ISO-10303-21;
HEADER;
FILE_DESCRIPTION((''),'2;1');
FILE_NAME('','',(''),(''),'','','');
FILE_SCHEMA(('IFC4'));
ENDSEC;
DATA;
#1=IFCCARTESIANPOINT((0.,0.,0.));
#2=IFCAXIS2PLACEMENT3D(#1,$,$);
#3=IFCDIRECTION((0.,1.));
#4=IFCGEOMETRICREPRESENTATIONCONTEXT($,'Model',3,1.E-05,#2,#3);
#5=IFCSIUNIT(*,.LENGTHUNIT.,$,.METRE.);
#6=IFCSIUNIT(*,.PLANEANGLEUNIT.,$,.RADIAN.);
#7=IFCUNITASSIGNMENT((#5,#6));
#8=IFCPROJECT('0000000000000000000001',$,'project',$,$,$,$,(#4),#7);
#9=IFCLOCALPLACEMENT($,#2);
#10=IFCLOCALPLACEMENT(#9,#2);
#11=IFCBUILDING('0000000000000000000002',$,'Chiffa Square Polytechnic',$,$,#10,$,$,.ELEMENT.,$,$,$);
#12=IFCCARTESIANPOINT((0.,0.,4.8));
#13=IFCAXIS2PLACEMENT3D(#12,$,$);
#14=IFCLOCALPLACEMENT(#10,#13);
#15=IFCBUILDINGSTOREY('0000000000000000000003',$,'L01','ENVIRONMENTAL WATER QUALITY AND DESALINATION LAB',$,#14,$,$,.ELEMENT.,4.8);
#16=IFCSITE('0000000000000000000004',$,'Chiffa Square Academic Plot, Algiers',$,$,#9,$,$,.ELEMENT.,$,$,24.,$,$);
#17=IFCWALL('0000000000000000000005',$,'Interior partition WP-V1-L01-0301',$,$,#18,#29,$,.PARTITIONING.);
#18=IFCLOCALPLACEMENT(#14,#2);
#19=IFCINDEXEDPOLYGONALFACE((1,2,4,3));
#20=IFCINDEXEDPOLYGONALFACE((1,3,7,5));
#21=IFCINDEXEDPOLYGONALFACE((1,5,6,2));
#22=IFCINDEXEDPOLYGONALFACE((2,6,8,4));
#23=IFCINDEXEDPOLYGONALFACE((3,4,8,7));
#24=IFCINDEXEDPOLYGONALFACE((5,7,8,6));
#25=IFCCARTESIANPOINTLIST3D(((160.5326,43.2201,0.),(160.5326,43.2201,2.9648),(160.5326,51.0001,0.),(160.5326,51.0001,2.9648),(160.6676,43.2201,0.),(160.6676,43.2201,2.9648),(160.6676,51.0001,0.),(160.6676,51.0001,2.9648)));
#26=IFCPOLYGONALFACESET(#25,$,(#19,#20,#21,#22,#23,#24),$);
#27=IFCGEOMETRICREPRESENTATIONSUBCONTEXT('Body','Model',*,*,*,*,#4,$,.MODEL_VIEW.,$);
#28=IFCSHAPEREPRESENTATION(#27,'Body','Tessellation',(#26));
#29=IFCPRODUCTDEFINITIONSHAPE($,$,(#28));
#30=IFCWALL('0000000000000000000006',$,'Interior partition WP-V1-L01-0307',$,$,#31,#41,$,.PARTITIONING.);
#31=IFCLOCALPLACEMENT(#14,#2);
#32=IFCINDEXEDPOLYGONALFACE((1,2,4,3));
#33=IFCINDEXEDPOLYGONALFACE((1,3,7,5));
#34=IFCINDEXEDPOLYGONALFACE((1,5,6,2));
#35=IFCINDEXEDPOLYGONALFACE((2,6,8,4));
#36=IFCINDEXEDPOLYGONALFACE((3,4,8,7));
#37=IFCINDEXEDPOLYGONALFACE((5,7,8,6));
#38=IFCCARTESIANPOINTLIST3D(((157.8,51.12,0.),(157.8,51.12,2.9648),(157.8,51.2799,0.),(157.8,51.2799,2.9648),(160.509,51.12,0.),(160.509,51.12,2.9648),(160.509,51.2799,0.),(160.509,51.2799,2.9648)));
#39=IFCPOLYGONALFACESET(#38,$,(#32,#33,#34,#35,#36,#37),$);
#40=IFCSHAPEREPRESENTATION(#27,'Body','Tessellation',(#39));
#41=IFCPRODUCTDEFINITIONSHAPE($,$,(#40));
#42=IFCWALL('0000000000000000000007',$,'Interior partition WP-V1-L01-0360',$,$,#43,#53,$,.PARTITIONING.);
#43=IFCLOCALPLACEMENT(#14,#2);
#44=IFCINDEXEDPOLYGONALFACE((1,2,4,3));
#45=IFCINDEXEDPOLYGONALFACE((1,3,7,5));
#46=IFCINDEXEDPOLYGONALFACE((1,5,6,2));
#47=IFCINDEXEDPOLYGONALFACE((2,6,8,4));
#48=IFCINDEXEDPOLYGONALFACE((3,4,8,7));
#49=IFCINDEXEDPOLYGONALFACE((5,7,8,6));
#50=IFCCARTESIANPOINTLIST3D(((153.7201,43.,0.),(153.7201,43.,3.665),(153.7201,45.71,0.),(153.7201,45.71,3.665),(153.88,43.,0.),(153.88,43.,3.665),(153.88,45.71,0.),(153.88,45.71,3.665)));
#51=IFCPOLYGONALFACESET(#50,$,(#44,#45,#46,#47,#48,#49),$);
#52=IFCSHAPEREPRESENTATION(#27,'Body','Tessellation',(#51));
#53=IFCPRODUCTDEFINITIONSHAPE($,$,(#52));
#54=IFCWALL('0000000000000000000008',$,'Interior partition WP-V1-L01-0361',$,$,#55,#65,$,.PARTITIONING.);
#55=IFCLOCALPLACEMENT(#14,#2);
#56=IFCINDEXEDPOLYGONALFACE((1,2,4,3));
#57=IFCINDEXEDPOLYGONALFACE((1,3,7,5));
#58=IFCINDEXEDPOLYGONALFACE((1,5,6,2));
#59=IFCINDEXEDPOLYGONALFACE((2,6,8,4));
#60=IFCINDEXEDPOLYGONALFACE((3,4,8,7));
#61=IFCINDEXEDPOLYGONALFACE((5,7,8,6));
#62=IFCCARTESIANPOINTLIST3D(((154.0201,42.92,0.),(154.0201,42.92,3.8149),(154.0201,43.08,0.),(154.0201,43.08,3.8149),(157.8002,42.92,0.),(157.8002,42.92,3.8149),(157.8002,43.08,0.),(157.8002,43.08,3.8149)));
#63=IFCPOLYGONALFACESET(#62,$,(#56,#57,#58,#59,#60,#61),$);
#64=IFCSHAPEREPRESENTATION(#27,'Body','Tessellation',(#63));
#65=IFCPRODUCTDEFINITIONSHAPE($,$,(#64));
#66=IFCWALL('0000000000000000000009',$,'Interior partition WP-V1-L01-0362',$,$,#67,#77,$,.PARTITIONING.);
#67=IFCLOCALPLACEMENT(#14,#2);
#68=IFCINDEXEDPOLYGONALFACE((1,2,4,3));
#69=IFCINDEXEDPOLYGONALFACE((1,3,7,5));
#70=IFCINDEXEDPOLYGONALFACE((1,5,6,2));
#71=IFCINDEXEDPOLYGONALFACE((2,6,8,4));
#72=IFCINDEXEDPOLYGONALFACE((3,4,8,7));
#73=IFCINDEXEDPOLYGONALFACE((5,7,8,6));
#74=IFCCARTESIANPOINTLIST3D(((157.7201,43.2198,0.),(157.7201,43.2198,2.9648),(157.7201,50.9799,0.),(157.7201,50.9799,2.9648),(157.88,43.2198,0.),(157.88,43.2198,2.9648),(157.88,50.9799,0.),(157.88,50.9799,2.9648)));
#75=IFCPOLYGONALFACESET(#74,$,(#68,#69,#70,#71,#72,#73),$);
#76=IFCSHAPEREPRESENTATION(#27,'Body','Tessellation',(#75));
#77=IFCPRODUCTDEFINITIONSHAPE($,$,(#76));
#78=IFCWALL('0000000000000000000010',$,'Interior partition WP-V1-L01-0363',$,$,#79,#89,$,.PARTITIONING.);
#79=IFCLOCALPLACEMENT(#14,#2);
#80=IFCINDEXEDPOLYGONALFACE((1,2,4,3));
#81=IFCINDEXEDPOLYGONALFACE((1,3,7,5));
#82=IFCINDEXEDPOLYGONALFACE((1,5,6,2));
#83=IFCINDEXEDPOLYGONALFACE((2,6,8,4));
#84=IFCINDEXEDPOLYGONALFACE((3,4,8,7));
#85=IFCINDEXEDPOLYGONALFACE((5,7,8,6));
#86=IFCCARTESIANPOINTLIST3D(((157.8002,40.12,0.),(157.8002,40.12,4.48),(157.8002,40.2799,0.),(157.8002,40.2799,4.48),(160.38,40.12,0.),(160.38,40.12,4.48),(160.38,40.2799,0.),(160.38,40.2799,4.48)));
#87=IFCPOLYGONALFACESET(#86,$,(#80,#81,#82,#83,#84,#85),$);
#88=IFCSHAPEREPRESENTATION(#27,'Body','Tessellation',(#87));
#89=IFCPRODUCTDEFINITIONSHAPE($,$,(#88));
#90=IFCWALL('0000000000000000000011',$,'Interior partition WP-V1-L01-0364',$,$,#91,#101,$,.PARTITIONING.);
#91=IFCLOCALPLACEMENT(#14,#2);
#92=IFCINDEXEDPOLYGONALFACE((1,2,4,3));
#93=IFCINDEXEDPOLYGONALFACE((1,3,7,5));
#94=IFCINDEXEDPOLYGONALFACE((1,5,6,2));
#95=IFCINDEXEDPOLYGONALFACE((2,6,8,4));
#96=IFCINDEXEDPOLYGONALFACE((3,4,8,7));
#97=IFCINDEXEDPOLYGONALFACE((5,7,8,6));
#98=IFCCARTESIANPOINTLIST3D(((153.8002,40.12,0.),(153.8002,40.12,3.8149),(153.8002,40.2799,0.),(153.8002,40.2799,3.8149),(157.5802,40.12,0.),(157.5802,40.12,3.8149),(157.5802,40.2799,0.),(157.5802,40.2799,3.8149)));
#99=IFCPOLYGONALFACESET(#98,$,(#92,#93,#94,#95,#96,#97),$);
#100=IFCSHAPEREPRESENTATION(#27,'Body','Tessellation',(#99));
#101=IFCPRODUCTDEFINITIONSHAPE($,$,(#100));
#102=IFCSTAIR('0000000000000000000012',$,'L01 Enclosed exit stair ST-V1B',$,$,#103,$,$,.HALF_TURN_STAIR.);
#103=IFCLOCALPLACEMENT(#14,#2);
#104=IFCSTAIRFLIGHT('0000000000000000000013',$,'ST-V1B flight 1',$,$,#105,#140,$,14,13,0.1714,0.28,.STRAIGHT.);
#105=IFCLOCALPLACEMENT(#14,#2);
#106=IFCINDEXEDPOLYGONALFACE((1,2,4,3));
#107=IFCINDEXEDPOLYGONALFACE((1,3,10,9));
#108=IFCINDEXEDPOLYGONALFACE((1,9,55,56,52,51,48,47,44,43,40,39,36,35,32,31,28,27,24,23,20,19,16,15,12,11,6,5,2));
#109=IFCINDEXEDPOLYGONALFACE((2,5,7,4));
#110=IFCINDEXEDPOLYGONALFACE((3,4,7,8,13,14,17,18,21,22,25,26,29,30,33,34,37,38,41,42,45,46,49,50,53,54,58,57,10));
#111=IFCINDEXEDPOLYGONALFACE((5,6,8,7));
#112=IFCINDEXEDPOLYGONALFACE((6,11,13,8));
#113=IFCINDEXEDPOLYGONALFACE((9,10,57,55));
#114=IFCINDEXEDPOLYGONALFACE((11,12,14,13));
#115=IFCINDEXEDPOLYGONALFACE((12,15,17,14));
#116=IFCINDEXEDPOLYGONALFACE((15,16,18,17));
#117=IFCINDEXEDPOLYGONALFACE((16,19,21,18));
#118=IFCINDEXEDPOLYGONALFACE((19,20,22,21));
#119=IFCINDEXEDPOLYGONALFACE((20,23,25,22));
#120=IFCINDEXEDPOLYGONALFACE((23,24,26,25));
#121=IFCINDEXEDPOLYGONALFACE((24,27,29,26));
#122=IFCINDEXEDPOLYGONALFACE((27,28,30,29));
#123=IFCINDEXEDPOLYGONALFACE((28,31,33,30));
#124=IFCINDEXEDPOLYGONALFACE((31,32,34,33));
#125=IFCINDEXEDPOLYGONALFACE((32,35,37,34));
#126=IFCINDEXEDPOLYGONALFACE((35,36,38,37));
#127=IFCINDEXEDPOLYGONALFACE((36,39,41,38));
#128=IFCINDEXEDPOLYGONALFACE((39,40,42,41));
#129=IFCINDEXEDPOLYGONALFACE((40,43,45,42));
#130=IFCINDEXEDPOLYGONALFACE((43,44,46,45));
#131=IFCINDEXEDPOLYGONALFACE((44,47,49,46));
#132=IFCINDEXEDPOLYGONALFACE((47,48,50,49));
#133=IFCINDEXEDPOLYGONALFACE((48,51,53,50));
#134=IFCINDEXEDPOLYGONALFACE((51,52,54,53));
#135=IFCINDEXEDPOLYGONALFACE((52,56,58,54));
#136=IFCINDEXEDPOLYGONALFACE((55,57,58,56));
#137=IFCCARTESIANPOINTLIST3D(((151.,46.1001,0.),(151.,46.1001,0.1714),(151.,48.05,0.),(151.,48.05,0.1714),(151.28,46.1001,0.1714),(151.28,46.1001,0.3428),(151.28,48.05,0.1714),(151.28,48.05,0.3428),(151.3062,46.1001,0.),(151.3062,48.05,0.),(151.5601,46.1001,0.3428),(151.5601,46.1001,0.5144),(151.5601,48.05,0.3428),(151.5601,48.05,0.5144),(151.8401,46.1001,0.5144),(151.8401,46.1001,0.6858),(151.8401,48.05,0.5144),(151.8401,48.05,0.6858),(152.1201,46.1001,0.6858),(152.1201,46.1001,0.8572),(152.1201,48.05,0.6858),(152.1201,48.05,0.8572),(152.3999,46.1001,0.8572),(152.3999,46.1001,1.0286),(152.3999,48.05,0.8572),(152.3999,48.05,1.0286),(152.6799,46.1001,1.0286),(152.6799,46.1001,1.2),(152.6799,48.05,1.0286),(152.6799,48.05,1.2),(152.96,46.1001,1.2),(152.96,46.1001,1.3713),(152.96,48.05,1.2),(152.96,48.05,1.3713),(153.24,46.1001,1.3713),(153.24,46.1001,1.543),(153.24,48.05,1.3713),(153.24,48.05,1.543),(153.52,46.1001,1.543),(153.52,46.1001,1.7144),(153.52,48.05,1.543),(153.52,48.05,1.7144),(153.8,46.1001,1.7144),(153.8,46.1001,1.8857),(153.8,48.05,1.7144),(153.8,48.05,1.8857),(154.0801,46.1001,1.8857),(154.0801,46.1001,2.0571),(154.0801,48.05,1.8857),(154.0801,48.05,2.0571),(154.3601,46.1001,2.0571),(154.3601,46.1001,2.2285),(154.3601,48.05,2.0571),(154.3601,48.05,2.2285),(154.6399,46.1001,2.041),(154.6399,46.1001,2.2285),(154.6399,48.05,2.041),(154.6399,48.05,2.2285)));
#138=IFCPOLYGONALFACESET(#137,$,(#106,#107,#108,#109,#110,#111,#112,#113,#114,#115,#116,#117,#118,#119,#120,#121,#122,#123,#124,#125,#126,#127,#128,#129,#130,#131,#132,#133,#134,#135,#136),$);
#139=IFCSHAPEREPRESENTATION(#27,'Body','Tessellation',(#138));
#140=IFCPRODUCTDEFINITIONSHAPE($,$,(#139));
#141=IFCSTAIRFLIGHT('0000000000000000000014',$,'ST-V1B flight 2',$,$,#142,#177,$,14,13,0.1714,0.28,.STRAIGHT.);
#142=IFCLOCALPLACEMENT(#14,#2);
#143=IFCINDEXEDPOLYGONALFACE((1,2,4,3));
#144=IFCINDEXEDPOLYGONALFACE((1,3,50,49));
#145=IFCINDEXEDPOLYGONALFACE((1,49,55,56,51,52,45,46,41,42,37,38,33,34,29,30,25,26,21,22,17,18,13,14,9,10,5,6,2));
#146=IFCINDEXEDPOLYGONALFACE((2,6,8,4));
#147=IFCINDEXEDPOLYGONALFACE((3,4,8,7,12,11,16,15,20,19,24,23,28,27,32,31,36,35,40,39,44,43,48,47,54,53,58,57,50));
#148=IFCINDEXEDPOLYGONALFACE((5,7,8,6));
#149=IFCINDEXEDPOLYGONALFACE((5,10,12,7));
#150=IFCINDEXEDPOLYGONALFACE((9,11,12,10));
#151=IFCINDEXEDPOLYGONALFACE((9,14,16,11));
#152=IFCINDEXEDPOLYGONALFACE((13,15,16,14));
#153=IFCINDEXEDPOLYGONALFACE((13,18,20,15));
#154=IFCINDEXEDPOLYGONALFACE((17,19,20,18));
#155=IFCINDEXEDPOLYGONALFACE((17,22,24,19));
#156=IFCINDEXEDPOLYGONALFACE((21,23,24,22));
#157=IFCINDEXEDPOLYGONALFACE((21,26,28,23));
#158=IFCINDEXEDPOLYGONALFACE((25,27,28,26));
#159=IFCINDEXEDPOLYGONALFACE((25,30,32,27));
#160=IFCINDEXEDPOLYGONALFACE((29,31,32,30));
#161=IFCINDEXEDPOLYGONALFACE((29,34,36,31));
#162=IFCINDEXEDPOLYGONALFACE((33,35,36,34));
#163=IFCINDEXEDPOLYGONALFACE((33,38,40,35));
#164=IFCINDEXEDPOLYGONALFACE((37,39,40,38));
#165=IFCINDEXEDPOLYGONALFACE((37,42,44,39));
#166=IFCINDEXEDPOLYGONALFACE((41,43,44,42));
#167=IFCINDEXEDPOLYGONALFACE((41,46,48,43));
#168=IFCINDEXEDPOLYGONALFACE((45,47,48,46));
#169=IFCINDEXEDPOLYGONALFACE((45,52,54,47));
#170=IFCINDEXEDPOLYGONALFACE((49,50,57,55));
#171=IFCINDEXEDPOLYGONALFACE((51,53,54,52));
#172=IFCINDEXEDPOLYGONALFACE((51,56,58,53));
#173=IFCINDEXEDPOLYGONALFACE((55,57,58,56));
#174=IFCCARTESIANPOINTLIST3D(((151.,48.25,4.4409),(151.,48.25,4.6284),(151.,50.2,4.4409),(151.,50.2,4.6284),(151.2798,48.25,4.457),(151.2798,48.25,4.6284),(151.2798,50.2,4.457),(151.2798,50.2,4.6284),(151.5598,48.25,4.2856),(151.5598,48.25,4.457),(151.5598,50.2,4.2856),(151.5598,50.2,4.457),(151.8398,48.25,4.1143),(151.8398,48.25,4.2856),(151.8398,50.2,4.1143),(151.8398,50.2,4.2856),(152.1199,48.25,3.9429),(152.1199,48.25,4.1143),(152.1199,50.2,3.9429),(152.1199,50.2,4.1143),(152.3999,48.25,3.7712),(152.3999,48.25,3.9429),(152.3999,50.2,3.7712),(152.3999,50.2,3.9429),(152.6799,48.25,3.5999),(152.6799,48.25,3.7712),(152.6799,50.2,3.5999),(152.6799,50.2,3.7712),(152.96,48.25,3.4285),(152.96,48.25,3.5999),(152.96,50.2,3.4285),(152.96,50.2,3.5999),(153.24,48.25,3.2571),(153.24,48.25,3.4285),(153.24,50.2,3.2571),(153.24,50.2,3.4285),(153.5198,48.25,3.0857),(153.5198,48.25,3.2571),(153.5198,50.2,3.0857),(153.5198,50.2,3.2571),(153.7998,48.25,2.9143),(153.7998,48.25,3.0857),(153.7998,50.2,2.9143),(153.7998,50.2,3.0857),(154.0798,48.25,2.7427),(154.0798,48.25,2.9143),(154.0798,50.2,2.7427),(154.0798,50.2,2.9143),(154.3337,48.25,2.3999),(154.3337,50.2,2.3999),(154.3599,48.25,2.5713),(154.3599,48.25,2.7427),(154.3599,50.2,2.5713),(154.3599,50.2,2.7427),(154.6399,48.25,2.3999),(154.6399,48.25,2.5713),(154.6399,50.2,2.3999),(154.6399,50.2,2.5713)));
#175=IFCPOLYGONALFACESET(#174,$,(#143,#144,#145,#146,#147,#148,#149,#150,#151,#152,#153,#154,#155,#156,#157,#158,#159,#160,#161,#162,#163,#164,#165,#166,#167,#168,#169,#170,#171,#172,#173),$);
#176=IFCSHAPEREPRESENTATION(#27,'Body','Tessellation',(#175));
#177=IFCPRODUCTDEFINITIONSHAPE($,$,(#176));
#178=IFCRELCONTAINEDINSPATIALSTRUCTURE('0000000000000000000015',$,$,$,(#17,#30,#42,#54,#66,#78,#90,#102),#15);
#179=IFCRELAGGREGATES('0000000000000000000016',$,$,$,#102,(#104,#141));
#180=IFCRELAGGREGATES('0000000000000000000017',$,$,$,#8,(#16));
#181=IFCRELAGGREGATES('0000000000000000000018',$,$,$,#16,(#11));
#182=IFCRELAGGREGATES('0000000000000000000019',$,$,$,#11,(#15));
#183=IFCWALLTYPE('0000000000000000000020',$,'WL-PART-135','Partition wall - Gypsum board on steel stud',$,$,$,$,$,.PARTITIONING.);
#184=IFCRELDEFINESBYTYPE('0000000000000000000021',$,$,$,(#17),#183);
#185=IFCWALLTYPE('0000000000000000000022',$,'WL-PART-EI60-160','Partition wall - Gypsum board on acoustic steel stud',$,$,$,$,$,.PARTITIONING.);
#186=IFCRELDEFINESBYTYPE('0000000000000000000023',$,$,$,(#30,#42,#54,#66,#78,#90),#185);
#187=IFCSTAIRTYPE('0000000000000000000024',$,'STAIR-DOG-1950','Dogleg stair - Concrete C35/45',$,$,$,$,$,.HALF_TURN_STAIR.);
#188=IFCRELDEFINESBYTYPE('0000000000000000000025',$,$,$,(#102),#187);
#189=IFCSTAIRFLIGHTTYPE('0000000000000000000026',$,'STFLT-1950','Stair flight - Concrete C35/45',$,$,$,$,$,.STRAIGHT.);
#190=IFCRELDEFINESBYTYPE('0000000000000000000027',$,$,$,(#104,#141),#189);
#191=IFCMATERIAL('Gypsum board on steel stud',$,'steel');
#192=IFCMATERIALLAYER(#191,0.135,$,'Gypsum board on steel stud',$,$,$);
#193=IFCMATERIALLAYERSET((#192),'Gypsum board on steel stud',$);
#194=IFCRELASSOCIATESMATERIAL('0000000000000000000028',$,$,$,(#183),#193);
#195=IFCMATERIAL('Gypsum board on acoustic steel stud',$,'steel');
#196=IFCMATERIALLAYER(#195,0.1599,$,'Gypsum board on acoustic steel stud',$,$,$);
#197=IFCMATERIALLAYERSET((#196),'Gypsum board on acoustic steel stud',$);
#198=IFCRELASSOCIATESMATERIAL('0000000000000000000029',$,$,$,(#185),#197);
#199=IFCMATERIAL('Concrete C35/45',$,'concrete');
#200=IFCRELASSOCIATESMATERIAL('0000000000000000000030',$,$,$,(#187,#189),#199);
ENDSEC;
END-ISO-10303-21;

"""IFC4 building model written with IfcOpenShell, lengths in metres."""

from ifc_helpers import new_model, si_unit, direction, frame, frame_2d, origin, place, context, subcontext, project, spatial, polyline, rectangle, outline, extrude, material, layer, layer_set, type_object, element, aggregate, save


model = new_model("IFC4")

# Units and contexts
model_context = context("Model", 3, precision=1e-05, world=origin(), true_north=direction((0.0, 1.0)))
body_context = subcontext(model_context, "Body", "Model", "MODEL_VIEW")
ifc_project = project(units=[si_unit("LENGTHUNIT", "METRE"), si_unit("PLANEANGLEUNIT", "RADIAN")], contexts=[model_context])

# Site, building, storey
site_placement = place(None, origin())
site = spatial("IfcSite", under=ifc_project, at=site_placement, Name="Chiffa Square Academic Plot, Algiers", CompositionType="ELEMENT", RefElevation=24.0)
building_placement = place(site_placement, origin())
building = spatial("IfcBuilding", under=site, at=building_placement, Name="Chiffa Square Polytechnic", CompositionType="ELEMENT")
storey_placement = place(building_placement, frame((0.0, 0.0, 4.8)))
storey = spatial("IfcBuildingStorey", under=building, at=storey_placement, Name="L01", Description="ENVIRONMENTAL WATER QUALITY AND DESALINATION LAB", CompositionType="ELEMENT", Elevation=4.8)

# Shared definitions
ifc_material_1 = material(Name="Concrete C35/45", Category="concrete")

# Shared definitions
ifc_material_2 = material(Name="Gypsum board on steel stud", Category="steel")

# Wall
ifc_layer_1 = layer(ifc_material_2, 0.135, Name="Gypsum board on steel stud")
ifc_layer_set_1 = layer_set([ifc_layer_1], Name="Gypsum board on steel stud")
wall_type_1 = type_object("IfcWallType", Name="WL-PART-135", Description="Partition wall - Gypsum board on steel stud", PredefinedType="PARTITIONING", material=ifc_layer_set_1)
wall_1_placement = place(storey_placement, frame((160.6001, 43.22, 0.0), z_axis=(0.0, 0.0, 1.0), x_axis=(0.0, 1.0, 0.0)))
element("IfcWall", 1, at=wall_1_placement, inside=storey, type_object=wall_type_1, Name="Interior partition WP-V1-L01-0301", PredefinedType="PARTITIONING", context=body_context, shape_type="SweptSolid", body=[
    extrude(rectangle(XDim=7.78, YDim=0.135, at=frame_2d((3.8901, 0.0))), origin(), (0.0, 0.0, 1.0), 2.9648),
])

# Shared definitions
ifc_material_3 = material(Name="Gypsum board on acoustic steel stud", Category="steel")
ifc_layer_2 = layer(ifc_material_3, 0.1599, Name="Gypsum board on acoustic steel stud")
ifc_layer_set_2 = layer_set([ifc_layer_2], Name="Gypsum board on acoustic steel stud")
wall_type_2 = type_object("IfcWallType", Name="WL-PART-EI60-160", Description="Partition wall - Gypsum board on acoustic steel stud", PredefinedType="PARTITIONING", material=ifc_layer_set_2)

# Walls
wall_2_placement = place(storey_placement, frame((157.8, 51.2, 0.0), z_axis=(0.0, 0.0, 1.0), x_axis=(1.0, 0.0, 0.0)))
element("IfcWall", 2, at=wall_2_placement, inside=storey, type_object=wall_type_2, Name="Interior partition WP-V1-L01-0307", PredefinedType="PARTITIONING", context=body_context, shape_type="SweptSolid", body=[
    extrude(rectangle(XDim=2.709, YDim=0.1599, at=frame_2d((1.3545, 0.0))), origin(), (0.0, 0.0, 1.0), 2.9648),
])
wall_3_placement = place(storey_placement, frame((153.8, 43.0, 0.0), z_axis=(0.0, 0.0, 1.0), x_axis=(0.0, 1.0, 0.0)))
element("IfcWall", 3, at=wall_3_placement, inside=storey, type_object=wall_type_2, Name="Interior partition WP-V1-L01-0360", PredefinedType="PARTITIONING", context=body_context, shape_type="SweptSolid", body=[
    extrude(rectangle(XDim=2.71, YDim=0.1599, at=frame_2d((1.355, 0.0))), origin(), (0.0, 0.0, 1.0), 3.665),
])
wall_4_placement = place(storey_placement, frame((154.02, 43.0, 0.0), z_axis=(0.0, 0.0, 1.0), x_axis=(1.0, 0.0, 0.0)))
element("IfcWall", 4, at=wall_4_placement, inside=storey, type_object=wall_type_2, Name="Interior partition WP-V1-L01-0361", PredefinedType="PARTITIONING", context=body_context, shape_type="SweptSolid", body=[
    extrude(rectangle(XDim=3.78, YDim=0.1599, at=frame_2d((1.8901, 0.0))), origin(), (0.0, 0.0, 1.0), 3.8149),
])
wall_5_placement = place(storey_placement, frame((157.8, 43.22, 0.0), z_axis=(0.0, 0.0, 1.0), x_axis=(0.0, 1.0, 0.0)))
element("IfcWall", 5, at=wall_5_placement, inside=storey, type_object=wall_type_2, Name="Interior partition WP-V1-L01-0362", PredefinedType="PARTITIONING", context=body_context, shape_type="SweptSolid", body=[
    extrude(rectangle(XDim=7.76, YDim=0.1599, at=frame_2d((3.8799, 0.0))), origin(), (0.0, 0.0, 1.0), 2.9648),
])
wall_6_placement = place(storey_placement, frame((157.8, 40.2, 0.0), z_axis=(0.0, 0.0, 1.0), x_axis=(1.0, 0.0, 0.0)))
element("IfcWall", 6, at=wall_6_placement, inside=storey, type_object=wall_type_2, Name="Interior partition WP-V1-L01-0363", PredefinedType="PARTITIONING", context=body_context, shape_type="SweptSolid", body=[
    extrude(rectangle(XDim=2.5798, YDim=0.1599, at=frame_2d((1.29, 0.0))), origin(), (0.0, 0.0, 1.0), 4.48),
])
wall_7_placement = place(storey_placement, frame((153.8, 40.2, 0.0), z_axis=(0.0, 0.0, 1.0), x_axis=(1.0, 0.0, 0.0)))
element("IfcWall", 7, at=wall_7_placement, inside=storey, type_object=wall_type_2, Name="Interior partition WP-V1-L01-0364", PredefinedType="PARTITIONING", context=body_context, shape_type="SweptSolid", body=[
    extrude(rectangle(XDim=3.78, YDim=0.1599, at=frame_2d((1.8901, 0.0))), origin(), (0.0, 0.0, 1.0), 3.8149),
])

# Stair, stair flights
stair_type = type_object("IfcStairType", Name="STAIR-DOG-1950", Description="Dogleg stair - Concrete C35/45", PredefinedType="HALF_TURN_STAIR", material=ifc_material_1)
stair_placement = place(storey_placement, origin())
stair = element("IfcStair", 8, at=stair_placement, inside=storey, type_object=stair_type, Name="L01 Enclosed exit stair ST-V1B", PredefinedType="HALF_TURN_STAIR")
stair_flight_type = type_object("IfcStairFlightType", Name="STFLT-1950", Description="Stair flight - Concrete C35/45", PredefinedType="STRAIGHT", material=ifc_material_1)
stair_flight_1_placement = place(storey_placement, frame((151.0, 47.075, 0.0), z_axis=(0.0, 0.0, 1.0), x_axis=(1.0, 0.0, 0.0)))
stair_flight_1 = element("IfcStairFlight", 9, at=stair_flight_1_placement, type_object=stair_flight_type, Name="ST-V1B flight 1", NumberOfRisers=14, NumberOfTreads=13, PredefinedType="STRAIGHT", RiserHeight=0.1714, TreadLength=0.28, context=body_context, shape_type="SweptSolid", body=[
    extrude(outline(polyline([(0.0, 0.0), (0.0, 0.1714), (0.28, 0.1714), (0.28, 0.3428), (0.5601, 0.3428), (0.5601, 0.5144), (0.8401, 0.5144), (0.8401, 0.6858), (1.1201, 0.6858), (1.1201, 0.8572), (1.3999, 0.8572), (1.3999, 1.0286), (1.6799, 1.0286), (1.6799, 1.2), (1.96, 1.2), (1.96, 1.3713), (2.24, 1.3713), (2.24, 1.543), (2.52, 1.543), (2.52, 1.7144), (2.8, 1.7144), (2.8, 1.8857), (3.0801, 1.8857), (3.0801, 2.0571), (3.3601, 2.0571), (3.3601, 2.2285), (3.6399, 2.2285), (3.6399, 2.3999), (3.6399, 2.041), (0.3062, 0.0), (0.0, 0.0)])), frame((0.0, 0.9751, 0.0), z_axis=(0.0, -1.0, 0.0), x_axis=(1.0, 0.0, 0.0)), (0.0, 0.0, 1.0), 1.95),
])
stair_flight_2_placement = place(storey_placement, frame((154.6399, 49.2251, 2.3999), z_axis=(0.0, 0.0, 1.0), x_axis=(-1.0, 0.0, 0.0)))
stair_flight_2 = element("IfcStairFlight", 10, at=stair_flight_2_placement, type_object=stair_flight_type, Name="ST-V1B flight 2", NumberOfRisers=14, NumberOfTreads=13, PredefinedType="STRAIGHT", RiserHeight=0.1714, TreadLength=0.28, context=body_context, shape_type="SweptSolid", body=[
    extrude(outline(polyline([(0.0, 0.0), (0.0, 0.1714), (0.28, 0.1714), (0.28, 0.3428), (0.5601, 0.3428), (0.5601, 0.5144), (0.8401, 0.5144), (0.8401, 0.6858), (1.1201, 0.6858), (1.1201, 0.8572), (1.3999, 0.8572), (1.3999, 1.0286), (1.6799, 1.0286), (1.6799, 1.2), (1.96, 1.2), (1.96, 1.3713), (2.24, 1.3713), (2.24, 1.543), (2.52, 1.543), (2.52, 1.7144), (2.8, 1.7144), (2.8, 1.8857), (3.0801, 1.8857), (3.0801, 2.0571), (3.3601, 2.0571), (3.3601, 2.2285), (3.6399, 2.2285), (3.6399, 2.3999), (3.6399, 2.041), (0.3062, 0.0), (0.0, 0.0)])), frame((0.0, 0.9751, 0.0), z_axis=(0.0, -1.0, 0.0), x_axis=(1.0, 0.0, 0.0)), (0.0, 0.0, 1.0), 1.95),
])
aggregate(stair, [stair_flight_1, stair_flight_2])

save(model, "model.ifc")
